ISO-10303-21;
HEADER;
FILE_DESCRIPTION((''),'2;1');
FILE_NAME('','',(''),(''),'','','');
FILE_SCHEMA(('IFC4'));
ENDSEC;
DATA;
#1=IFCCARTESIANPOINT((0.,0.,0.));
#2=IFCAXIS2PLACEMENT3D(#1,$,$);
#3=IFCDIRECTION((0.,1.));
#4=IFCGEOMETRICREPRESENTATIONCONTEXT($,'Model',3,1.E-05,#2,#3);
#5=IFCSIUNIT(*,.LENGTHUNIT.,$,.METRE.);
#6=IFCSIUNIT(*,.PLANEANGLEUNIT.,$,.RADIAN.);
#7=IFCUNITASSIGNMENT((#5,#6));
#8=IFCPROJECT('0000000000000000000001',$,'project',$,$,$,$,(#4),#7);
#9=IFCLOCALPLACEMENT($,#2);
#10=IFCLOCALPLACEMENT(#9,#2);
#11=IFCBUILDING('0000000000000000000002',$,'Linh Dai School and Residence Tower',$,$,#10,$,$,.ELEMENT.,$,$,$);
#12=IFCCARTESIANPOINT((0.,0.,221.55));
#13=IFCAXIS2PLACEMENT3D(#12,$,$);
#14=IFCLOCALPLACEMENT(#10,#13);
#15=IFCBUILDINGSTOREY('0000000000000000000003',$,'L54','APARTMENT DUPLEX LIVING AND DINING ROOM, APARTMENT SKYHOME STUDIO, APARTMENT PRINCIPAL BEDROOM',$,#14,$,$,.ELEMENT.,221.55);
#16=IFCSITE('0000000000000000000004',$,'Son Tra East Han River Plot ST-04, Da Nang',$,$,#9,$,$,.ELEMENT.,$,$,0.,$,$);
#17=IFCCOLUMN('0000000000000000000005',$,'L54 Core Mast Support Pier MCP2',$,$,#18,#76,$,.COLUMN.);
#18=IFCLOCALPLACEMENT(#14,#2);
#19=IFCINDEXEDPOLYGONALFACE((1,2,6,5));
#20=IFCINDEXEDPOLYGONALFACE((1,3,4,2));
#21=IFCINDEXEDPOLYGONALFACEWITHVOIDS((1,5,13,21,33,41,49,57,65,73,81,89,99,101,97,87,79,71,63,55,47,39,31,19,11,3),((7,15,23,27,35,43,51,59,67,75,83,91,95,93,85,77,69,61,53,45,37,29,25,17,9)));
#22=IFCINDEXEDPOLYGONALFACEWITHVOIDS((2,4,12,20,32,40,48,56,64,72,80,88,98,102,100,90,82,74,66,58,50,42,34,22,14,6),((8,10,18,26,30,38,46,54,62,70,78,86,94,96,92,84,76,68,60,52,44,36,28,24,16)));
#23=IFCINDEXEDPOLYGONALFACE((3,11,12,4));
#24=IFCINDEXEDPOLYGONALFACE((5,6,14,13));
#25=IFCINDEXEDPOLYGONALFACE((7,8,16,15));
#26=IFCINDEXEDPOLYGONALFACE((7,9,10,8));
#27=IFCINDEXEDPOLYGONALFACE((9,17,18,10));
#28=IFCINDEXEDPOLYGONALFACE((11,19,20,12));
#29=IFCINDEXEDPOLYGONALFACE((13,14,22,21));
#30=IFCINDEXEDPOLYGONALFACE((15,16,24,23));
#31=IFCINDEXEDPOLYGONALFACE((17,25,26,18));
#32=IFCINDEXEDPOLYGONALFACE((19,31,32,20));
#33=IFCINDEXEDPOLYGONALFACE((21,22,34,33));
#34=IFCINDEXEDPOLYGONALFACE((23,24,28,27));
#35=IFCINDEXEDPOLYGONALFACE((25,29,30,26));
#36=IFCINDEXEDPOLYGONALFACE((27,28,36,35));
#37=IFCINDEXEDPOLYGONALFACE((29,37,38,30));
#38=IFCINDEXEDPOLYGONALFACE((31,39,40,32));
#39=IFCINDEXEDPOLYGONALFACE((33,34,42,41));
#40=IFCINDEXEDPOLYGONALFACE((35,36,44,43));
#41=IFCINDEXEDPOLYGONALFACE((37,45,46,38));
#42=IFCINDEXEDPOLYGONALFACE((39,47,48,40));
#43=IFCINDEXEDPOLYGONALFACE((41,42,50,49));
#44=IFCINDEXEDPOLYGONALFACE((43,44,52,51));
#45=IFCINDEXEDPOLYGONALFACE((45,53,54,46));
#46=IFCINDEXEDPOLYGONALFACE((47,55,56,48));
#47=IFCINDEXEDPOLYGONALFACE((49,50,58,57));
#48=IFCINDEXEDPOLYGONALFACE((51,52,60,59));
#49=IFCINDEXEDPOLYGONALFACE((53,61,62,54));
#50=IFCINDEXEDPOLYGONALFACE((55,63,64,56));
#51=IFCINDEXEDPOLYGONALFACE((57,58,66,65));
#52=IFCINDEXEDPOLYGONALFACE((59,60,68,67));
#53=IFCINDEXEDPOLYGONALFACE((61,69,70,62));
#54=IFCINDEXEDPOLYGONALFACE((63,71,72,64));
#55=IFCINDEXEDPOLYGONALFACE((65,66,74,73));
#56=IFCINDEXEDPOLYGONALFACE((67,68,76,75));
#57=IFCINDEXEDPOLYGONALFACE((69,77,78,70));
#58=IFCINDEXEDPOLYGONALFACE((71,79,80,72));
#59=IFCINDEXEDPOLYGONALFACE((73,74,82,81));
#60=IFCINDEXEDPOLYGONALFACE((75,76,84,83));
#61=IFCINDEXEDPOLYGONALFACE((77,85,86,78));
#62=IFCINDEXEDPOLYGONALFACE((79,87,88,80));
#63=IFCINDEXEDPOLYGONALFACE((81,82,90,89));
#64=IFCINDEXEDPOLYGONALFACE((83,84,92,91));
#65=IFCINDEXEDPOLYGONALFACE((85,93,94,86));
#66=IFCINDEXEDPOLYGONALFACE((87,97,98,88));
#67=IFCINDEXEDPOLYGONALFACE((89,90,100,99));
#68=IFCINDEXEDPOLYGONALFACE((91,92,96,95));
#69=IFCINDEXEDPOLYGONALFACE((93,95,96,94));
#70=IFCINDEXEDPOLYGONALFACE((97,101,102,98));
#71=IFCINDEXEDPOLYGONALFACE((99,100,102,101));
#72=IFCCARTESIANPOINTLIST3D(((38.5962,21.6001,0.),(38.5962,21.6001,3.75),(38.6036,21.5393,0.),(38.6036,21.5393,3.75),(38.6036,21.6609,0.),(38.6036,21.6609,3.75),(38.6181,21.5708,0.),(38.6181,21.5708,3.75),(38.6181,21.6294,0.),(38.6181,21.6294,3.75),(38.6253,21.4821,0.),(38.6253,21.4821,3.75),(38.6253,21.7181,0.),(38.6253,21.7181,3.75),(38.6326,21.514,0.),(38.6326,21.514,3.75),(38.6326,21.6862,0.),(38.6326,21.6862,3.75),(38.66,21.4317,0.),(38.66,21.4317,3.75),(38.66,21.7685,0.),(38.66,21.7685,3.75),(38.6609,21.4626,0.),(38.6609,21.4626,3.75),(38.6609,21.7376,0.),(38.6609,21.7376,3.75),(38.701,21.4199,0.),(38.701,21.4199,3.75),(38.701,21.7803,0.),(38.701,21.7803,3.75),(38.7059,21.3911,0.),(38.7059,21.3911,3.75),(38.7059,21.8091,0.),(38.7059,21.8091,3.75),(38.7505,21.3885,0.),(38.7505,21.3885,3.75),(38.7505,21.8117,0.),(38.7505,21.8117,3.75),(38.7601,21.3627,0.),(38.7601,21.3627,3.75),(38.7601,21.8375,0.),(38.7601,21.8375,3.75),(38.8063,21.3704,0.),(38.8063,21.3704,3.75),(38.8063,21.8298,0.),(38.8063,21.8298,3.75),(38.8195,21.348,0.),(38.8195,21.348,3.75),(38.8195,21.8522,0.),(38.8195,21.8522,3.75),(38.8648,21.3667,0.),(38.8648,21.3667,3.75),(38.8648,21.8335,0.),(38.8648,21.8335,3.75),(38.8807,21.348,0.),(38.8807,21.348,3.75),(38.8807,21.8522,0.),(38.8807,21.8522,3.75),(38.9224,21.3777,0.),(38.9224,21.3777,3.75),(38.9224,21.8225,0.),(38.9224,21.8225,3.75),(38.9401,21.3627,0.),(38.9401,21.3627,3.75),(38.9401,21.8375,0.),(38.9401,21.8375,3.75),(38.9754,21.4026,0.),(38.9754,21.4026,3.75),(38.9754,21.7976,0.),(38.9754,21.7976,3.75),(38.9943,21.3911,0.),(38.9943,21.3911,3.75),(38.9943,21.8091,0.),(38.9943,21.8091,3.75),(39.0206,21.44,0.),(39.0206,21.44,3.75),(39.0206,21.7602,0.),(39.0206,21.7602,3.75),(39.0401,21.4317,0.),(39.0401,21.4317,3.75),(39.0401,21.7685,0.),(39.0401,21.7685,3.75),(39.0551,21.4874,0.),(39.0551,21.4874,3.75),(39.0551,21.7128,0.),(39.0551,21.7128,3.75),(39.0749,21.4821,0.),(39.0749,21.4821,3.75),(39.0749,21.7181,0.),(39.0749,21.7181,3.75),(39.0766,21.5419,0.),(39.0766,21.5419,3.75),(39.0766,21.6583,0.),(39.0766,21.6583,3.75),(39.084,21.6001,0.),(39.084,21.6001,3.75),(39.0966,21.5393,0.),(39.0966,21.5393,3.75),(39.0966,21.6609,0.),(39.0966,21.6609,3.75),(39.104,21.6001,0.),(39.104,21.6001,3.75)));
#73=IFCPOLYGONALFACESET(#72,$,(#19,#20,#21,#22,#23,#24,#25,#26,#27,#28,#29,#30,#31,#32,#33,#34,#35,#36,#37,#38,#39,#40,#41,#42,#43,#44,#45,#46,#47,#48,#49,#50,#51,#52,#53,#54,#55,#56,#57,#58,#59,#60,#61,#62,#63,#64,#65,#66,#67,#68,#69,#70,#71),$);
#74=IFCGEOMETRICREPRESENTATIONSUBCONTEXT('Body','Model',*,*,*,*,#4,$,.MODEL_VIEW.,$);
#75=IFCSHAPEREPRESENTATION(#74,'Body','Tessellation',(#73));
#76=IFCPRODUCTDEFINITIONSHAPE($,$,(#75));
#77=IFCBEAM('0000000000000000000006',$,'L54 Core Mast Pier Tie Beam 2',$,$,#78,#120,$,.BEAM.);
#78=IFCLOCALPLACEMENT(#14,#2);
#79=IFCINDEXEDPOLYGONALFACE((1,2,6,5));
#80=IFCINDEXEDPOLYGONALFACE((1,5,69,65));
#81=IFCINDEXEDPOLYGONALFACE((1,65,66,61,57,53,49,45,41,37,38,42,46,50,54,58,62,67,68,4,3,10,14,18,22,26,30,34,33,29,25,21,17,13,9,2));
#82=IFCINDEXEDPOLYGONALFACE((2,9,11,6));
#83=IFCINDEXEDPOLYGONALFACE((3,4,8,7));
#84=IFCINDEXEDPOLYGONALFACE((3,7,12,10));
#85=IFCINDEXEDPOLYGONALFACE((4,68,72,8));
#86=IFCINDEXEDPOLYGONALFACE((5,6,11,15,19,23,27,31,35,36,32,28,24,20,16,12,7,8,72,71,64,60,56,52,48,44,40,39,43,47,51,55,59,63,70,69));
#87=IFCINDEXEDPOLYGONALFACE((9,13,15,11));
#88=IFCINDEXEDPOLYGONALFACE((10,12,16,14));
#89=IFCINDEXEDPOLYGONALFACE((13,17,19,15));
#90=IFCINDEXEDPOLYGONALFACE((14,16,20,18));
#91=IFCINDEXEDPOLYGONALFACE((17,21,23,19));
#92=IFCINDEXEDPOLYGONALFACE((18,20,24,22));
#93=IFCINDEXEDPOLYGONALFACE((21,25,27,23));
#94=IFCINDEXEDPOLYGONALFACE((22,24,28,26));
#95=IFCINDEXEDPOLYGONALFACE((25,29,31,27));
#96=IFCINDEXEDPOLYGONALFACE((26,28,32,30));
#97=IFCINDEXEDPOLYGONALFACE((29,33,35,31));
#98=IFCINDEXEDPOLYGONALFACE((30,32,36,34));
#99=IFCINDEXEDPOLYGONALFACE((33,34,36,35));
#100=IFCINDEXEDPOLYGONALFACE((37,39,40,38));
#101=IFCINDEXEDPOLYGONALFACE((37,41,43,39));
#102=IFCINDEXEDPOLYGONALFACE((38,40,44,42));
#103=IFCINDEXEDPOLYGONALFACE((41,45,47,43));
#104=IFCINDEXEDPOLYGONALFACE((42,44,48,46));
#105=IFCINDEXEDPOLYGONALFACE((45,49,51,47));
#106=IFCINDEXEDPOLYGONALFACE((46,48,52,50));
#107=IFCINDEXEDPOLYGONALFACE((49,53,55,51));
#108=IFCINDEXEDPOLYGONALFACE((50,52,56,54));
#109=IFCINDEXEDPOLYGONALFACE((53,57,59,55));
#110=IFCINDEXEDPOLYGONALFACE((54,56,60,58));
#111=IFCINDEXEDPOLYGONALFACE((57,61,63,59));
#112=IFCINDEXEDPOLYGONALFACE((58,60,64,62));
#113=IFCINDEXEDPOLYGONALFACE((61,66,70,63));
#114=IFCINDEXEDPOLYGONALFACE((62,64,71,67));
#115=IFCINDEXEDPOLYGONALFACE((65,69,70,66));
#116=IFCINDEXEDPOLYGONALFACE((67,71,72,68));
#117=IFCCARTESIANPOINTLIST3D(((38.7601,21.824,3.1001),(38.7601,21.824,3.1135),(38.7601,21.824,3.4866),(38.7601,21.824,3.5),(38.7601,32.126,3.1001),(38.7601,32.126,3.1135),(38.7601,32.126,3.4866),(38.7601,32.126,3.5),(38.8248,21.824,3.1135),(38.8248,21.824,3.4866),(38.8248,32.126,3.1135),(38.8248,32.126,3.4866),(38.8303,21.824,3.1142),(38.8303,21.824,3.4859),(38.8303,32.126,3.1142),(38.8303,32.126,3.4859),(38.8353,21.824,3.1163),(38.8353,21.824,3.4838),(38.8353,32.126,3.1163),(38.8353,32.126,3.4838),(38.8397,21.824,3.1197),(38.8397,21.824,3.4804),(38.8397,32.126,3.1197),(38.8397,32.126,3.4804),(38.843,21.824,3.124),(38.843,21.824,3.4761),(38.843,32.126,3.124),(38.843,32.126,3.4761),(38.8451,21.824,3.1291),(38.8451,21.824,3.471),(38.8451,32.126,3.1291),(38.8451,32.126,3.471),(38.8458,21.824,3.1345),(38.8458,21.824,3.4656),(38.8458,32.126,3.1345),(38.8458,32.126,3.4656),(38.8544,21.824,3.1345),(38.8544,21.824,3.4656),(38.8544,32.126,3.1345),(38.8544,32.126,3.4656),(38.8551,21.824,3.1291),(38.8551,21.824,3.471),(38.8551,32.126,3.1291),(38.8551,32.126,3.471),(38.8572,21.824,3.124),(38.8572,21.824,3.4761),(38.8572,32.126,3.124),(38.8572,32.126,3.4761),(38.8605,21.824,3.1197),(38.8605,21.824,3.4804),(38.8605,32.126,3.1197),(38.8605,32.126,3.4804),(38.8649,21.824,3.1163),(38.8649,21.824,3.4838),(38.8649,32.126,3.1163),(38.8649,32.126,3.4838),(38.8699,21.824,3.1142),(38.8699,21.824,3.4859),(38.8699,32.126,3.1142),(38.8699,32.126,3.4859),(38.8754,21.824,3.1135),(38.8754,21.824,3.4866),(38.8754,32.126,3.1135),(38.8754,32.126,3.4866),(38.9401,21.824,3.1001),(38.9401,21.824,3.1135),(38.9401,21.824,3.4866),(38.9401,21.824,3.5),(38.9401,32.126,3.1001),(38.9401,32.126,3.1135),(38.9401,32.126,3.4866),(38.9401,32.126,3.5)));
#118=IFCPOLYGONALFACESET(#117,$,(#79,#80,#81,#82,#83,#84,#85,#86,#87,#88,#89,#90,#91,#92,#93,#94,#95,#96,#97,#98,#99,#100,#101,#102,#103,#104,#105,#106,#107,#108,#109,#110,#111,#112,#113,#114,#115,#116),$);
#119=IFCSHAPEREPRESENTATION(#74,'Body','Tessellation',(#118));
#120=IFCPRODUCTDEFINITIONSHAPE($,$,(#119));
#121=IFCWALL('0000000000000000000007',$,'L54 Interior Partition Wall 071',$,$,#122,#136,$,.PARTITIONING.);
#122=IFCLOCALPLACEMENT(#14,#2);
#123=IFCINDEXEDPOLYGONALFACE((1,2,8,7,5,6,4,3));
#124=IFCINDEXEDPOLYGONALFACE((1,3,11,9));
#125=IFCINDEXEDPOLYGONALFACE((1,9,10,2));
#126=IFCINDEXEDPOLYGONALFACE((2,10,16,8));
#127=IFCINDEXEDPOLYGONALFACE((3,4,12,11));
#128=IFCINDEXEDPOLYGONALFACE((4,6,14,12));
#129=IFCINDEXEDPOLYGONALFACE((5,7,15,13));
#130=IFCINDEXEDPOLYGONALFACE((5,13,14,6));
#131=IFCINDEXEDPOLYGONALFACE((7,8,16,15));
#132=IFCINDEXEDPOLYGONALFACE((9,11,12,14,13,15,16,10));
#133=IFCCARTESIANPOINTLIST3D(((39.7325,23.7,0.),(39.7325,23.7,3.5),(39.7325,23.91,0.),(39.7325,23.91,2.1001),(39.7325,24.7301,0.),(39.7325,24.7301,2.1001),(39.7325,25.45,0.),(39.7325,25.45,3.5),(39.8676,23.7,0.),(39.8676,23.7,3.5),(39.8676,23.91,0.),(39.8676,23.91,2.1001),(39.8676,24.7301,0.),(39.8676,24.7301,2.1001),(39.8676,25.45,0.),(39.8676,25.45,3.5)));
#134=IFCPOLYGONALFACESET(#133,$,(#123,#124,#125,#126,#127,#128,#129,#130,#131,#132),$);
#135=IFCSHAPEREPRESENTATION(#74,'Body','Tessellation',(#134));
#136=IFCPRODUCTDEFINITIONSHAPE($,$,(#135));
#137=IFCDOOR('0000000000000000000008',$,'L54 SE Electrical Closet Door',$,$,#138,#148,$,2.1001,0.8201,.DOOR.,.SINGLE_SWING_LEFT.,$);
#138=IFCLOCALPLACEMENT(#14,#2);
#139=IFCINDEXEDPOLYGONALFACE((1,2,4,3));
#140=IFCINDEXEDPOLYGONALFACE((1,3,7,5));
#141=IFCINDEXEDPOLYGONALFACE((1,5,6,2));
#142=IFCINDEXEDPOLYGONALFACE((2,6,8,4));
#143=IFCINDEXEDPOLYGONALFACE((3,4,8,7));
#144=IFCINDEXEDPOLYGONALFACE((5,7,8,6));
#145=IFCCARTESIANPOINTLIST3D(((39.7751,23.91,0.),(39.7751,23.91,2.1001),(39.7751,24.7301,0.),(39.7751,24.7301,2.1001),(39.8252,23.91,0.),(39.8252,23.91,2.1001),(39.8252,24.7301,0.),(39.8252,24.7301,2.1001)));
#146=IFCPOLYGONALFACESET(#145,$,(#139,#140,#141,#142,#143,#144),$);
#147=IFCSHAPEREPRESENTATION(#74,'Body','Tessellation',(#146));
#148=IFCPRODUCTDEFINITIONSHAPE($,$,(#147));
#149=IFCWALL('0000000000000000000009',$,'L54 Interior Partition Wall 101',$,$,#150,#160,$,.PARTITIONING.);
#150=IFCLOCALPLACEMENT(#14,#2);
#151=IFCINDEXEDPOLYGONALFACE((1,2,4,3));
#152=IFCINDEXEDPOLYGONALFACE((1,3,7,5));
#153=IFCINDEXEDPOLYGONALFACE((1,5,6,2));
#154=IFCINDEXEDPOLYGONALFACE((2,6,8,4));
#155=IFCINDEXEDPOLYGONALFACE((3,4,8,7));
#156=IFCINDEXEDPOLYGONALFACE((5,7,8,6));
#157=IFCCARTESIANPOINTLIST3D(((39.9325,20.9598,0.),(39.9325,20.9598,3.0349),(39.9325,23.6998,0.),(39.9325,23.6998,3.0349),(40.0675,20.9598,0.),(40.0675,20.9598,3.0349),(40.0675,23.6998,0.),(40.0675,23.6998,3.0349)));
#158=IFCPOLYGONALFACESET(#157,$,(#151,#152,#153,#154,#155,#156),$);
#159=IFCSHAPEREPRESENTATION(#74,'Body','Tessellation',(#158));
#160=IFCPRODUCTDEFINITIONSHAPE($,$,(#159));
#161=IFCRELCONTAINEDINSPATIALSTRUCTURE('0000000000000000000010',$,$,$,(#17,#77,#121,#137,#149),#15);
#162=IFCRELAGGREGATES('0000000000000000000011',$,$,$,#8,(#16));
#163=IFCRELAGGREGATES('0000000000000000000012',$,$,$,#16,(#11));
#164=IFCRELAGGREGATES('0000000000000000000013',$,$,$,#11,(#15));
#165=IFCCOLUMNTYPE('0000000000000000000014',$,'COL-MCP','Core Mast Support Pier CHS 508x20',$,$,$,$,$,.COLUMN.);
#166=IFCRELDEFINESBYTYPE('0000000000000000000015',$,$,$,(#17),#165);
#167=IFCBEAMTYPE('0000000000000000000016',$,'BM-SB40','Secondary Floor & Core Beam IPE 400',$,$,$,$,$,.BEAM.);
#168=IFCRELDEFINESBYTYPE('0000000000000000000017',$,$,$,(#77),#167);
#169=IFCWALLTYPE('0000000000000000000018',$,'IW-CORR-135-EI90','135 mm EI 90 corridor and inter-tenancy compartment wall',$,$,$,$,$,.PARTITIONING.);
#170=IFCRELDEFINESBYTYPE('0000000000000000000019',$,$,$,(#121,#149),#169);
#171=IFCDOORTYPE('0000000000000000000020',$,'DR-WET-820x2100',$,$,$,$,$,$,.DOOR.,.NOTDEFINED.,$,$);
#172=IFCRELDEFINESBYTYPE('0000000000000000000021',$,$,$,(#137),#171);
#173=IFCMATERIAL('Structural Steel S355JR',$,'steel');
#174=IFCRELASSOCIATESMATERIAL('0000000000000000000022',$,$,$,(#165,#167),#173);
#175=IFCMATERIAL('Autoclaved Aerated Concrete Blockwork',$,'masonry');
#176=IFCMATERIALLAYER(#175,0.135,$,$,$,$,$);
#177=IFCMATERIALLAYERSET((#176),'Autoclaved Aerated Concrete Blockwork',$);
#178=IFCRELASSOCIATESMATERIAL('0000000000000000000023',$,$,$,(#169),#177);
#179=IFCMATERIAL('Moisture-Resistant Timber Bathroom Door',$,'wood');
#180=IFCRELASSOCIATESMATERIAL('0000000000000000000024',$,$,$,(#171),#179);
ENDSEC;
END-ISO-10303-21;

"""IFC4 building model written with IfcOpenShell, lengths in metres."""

from ifc_helpers import new_model, si_unit, direction, frame, frame_2d, origin, origin_2d, place, context, subcontext, project, spatial, rectangle, hollow_circle, i_section, extrude, source, transform, mapped, material, layer, layer_set, material_profile, profile_set, type_object, element, fill, save


model = new_model("IFC4")

# Units and contexts
model_context = context("Model", 3, precision=1e-05, world=origin(), true_north=direction((0.0, 1.0)))
body_context = subcontext(model_context, "Body", "Model", "MODEL_VIEW")
ifc_project = project(units=[si_unit("LENGTHUNIT", "METRE"), si_unit("PLANEANGLEUNIT", "RADIAN")], contexts=[model_context])

# Site, building, storey
site_placement = place(None, origin())
site = spatial("IfcSite", under=ifc_project, at=site_placement, Name="Son Tra East Han River Plot ST-04, Da Nang", CompositionType="ELEMENT", RefElevation=0.0)
building_placement = place(site_placement, origin())
building = spatial("IfcBuilding", under=site, at=building_placement, Name="Linh Dai School and Residence Tower", CompositionType="ELEMENT")
storey_placement = place(building_placement, frame((0.0, 0.0, 221.55)))
storey = spatial("IfcBuildingStorey", under=building, at=storey_placement, Name="L54", Description="APARTMENT DUPLEX LIVING AND DINING ROOM, APARTMENT SKYHOME STUDIO, APARTMENT PRINCIPAL BEDROOM", CompositionType="ELEMENT", Elevation=221.55)

# Column
ifc_material_1 = material(Name="Structural Steel S355JR", Category="steel")
ifc_material_profile_1 = material_profile(ifc_material_1, hollow_circle(Radius=0.2539, WallThickness=0.02, at=origin_2d()), Name="CHS 508x20")
ifc_profile_set_1 = profile_set([ifc_material_profile_1], Name="Structural Steel S355JR")
column_type_1 = type_object("IfcColumnType", Name="COL-MCP", Description="Core Mast Support Pier CHS 508x20", PredefinedType="COLUMN", material=ifc_profile_set_1)
column_placement = place(storey_placement, frame((38.8501, 21.6001, 0.0), z_axis=(0.0, 0.0, 1.0), x_axis=(1.0, 0.0, 0.0)))
element("IfcColumn", 1, at=column_placement, inside=storey, type_object=column_type_1, Name="L54 Core Mast Support Pier MCP2", PredefinedType="COLUMN", context=body_context, shape_type="SweptSolid", body=[
    extrude(hollow_circle(Radius=0.2539, WallThickness=0.02, at=origin_2d()), origin(), (0.0, 0.0, 1.0), 3.75),
])

# Beam
ifc_material_profile_2 = material_profile(ifc_material_1, i_section(OverallWidth=0.1799, OverallDepth=0.3999, WebThickness=0.0085, FlangeThickness=0.0134, FilletRadius=0.021, at=origin_2d()), Name="IPE 400")
ifc_profile_set_2 = profile_set([ifc_material_profile_2], Name="Structural Steel S355JR")
beam_type = type_object("IfcBeamType", Name="BM-SB40", Description="Secondary Floor & Core Beam IPE 400", PredefinedType="BEAM", material=ifc_profile_set_2)
beam_placement = place(storey_placement, frame((38.8501, 21.824, 3.3), z_axis=(0.0, 1.0, 0.0), x_axis=(-1.0, 0.0, 0.0)))
element("IfcBeam", 2, at=beam_placement, inside=storey, type_object=beam_type, Name="L54 Core Mast Pier Tie Beam 2", PredefinedType="BEAM", context=body_context, shape_type="SweptSolid", body=[
    extrude(i_section(OverallWidth=0.1799, OverallDepth=0.3999, WebThickness=0.0085, FlangeThickness=0.0134, FilletRadius=0.021, at=origin_2d()), origin(), (0.0, 0.0, 1.0), 10.302),
])

# Wall, opening, door
ifc_material_2 = material(Name="Autoclaved Aerated Concrete Blockwork", Category="masonry")
ifc_layer_1 = layer(ifc_material_2, 0.135)
ifc_layer_set_1 = layer_set([ifc_layer_1], Name="Autoclaved Aerated Concrete Blockwork")
wall_type_1 = type_object("IfcWallType", Name="IW-CORR-135-EI90", Description="135 mm EI 90 corridor and inter-tenancy compartment wall", PredefinedType="PARTITIONING", material=ifc_layer_set_1)
wall_1_placement = place(storey_placement, frame((39.8, 23.7, 0.0), z_axis=(0.0, 0.0, 1.0), x_axis=(0.0, 1.0, 0.0)))
wall_1 = element("IfcWall", 3, at=wall_1_placement, inside=storey, type_object=wall_type_1, Name="L54 Interior Partition Wall 071", PredefinedType="PARTITIONING", context=body_context, shape_type="SweptSolid", body=[
    extrude(rectangle(XDim=1.75, YDim=0.135, at=frame_2d((0.875, 0.0))), origin(), (0.0, 0.0, 1.0), 3.5),
])
opening_1_placement = place(wall_1_placement, frame((0.21, 0.0, 0.0)))
opening_1 = element("IfcOpeningElement", 4, at=opening_1_placement, cuts=wall_1, PredefinedType="OPENING", context=body_context, shape_type="SweptSolid", body=[
    extrude(rectangle(XDim=0.8201, YDim=2.1001, at=origin_2d()), frame((0.4102, 0.0776, 1.05), z_axis=(0.0, -1.0, 0.0), x_axis=(1.0, 0.0, 0.0)), (0.0, 0.0, 1.0), 0.155),
])
ifc_material_3 = material(Name="Moisture-Resistant Timber Bathroom Door", Category="wood")
door_type_1 = type_object("IfcDoorType", Name="DR-WET-820x2100", OperationType="NOTDEFINED", PredefinedType="DOOR", material=ifc_material_3)
shared_shape_1 = source(origin(), body_context, "Body", "SweptSolid", [
    extrude(rectangle(XDim=0.8201, YDim=2.1001, at=origin_2d()), frame((0.4102, 0.0249, 1.05), z_axis=(0.0, -1.0, 0.0), x_axis=(1.0, 0.0, 0.0)), (0.0, 0.0, 1.0), 0.05),
])
door_1_placement = place(opening_1_placement, origin())
door_1 = element("IfcDoor", 5, at=door_1_placement, inside=storey, type_object=door_type_1, Name="L54 SE Electrical Closet Door", OperationType="SINGLE_SWING_LEFT", OverallHeight=2.1001, OverallWidth=0.8201, PredefinedType="DOOR", context=body_context, shape_type="MappedRepresentation", body=[
    mapped(shared_shape_1, transform((0.0, 0.0, 0.0), x_axis=(1.0, 0.0, 0.0), y_axis=(0.0, 1.0, 0.0), z_axis=(0.0, 0.0, 1.0), scale=1.0)),
])
fill(opening_1, door_1)

# Wall
wall_2_placement = place(storey_placement, frame((40.0, 23.7, 0.0), z_axis=(0.0, 0.0, 1.0), x_axis=(0.0, -1.0, 0.0)))
element("IfcWall", 6, at=wall_2_placement, inside=storey, type_object=wall_type_1, Name="L54 Interior Partition Wall 101", PredefinedType="PARTITIONING", context=body_context, shape_type="SweptSolid", body=[
    extrude(rectangle(XDim=2.74, YDim=0.135, at=frame_2d((1.3701, 0.0))), origin(), (0.0, 0.0, 1.0), 3.0349),
])

save(model, "model.ifc")
